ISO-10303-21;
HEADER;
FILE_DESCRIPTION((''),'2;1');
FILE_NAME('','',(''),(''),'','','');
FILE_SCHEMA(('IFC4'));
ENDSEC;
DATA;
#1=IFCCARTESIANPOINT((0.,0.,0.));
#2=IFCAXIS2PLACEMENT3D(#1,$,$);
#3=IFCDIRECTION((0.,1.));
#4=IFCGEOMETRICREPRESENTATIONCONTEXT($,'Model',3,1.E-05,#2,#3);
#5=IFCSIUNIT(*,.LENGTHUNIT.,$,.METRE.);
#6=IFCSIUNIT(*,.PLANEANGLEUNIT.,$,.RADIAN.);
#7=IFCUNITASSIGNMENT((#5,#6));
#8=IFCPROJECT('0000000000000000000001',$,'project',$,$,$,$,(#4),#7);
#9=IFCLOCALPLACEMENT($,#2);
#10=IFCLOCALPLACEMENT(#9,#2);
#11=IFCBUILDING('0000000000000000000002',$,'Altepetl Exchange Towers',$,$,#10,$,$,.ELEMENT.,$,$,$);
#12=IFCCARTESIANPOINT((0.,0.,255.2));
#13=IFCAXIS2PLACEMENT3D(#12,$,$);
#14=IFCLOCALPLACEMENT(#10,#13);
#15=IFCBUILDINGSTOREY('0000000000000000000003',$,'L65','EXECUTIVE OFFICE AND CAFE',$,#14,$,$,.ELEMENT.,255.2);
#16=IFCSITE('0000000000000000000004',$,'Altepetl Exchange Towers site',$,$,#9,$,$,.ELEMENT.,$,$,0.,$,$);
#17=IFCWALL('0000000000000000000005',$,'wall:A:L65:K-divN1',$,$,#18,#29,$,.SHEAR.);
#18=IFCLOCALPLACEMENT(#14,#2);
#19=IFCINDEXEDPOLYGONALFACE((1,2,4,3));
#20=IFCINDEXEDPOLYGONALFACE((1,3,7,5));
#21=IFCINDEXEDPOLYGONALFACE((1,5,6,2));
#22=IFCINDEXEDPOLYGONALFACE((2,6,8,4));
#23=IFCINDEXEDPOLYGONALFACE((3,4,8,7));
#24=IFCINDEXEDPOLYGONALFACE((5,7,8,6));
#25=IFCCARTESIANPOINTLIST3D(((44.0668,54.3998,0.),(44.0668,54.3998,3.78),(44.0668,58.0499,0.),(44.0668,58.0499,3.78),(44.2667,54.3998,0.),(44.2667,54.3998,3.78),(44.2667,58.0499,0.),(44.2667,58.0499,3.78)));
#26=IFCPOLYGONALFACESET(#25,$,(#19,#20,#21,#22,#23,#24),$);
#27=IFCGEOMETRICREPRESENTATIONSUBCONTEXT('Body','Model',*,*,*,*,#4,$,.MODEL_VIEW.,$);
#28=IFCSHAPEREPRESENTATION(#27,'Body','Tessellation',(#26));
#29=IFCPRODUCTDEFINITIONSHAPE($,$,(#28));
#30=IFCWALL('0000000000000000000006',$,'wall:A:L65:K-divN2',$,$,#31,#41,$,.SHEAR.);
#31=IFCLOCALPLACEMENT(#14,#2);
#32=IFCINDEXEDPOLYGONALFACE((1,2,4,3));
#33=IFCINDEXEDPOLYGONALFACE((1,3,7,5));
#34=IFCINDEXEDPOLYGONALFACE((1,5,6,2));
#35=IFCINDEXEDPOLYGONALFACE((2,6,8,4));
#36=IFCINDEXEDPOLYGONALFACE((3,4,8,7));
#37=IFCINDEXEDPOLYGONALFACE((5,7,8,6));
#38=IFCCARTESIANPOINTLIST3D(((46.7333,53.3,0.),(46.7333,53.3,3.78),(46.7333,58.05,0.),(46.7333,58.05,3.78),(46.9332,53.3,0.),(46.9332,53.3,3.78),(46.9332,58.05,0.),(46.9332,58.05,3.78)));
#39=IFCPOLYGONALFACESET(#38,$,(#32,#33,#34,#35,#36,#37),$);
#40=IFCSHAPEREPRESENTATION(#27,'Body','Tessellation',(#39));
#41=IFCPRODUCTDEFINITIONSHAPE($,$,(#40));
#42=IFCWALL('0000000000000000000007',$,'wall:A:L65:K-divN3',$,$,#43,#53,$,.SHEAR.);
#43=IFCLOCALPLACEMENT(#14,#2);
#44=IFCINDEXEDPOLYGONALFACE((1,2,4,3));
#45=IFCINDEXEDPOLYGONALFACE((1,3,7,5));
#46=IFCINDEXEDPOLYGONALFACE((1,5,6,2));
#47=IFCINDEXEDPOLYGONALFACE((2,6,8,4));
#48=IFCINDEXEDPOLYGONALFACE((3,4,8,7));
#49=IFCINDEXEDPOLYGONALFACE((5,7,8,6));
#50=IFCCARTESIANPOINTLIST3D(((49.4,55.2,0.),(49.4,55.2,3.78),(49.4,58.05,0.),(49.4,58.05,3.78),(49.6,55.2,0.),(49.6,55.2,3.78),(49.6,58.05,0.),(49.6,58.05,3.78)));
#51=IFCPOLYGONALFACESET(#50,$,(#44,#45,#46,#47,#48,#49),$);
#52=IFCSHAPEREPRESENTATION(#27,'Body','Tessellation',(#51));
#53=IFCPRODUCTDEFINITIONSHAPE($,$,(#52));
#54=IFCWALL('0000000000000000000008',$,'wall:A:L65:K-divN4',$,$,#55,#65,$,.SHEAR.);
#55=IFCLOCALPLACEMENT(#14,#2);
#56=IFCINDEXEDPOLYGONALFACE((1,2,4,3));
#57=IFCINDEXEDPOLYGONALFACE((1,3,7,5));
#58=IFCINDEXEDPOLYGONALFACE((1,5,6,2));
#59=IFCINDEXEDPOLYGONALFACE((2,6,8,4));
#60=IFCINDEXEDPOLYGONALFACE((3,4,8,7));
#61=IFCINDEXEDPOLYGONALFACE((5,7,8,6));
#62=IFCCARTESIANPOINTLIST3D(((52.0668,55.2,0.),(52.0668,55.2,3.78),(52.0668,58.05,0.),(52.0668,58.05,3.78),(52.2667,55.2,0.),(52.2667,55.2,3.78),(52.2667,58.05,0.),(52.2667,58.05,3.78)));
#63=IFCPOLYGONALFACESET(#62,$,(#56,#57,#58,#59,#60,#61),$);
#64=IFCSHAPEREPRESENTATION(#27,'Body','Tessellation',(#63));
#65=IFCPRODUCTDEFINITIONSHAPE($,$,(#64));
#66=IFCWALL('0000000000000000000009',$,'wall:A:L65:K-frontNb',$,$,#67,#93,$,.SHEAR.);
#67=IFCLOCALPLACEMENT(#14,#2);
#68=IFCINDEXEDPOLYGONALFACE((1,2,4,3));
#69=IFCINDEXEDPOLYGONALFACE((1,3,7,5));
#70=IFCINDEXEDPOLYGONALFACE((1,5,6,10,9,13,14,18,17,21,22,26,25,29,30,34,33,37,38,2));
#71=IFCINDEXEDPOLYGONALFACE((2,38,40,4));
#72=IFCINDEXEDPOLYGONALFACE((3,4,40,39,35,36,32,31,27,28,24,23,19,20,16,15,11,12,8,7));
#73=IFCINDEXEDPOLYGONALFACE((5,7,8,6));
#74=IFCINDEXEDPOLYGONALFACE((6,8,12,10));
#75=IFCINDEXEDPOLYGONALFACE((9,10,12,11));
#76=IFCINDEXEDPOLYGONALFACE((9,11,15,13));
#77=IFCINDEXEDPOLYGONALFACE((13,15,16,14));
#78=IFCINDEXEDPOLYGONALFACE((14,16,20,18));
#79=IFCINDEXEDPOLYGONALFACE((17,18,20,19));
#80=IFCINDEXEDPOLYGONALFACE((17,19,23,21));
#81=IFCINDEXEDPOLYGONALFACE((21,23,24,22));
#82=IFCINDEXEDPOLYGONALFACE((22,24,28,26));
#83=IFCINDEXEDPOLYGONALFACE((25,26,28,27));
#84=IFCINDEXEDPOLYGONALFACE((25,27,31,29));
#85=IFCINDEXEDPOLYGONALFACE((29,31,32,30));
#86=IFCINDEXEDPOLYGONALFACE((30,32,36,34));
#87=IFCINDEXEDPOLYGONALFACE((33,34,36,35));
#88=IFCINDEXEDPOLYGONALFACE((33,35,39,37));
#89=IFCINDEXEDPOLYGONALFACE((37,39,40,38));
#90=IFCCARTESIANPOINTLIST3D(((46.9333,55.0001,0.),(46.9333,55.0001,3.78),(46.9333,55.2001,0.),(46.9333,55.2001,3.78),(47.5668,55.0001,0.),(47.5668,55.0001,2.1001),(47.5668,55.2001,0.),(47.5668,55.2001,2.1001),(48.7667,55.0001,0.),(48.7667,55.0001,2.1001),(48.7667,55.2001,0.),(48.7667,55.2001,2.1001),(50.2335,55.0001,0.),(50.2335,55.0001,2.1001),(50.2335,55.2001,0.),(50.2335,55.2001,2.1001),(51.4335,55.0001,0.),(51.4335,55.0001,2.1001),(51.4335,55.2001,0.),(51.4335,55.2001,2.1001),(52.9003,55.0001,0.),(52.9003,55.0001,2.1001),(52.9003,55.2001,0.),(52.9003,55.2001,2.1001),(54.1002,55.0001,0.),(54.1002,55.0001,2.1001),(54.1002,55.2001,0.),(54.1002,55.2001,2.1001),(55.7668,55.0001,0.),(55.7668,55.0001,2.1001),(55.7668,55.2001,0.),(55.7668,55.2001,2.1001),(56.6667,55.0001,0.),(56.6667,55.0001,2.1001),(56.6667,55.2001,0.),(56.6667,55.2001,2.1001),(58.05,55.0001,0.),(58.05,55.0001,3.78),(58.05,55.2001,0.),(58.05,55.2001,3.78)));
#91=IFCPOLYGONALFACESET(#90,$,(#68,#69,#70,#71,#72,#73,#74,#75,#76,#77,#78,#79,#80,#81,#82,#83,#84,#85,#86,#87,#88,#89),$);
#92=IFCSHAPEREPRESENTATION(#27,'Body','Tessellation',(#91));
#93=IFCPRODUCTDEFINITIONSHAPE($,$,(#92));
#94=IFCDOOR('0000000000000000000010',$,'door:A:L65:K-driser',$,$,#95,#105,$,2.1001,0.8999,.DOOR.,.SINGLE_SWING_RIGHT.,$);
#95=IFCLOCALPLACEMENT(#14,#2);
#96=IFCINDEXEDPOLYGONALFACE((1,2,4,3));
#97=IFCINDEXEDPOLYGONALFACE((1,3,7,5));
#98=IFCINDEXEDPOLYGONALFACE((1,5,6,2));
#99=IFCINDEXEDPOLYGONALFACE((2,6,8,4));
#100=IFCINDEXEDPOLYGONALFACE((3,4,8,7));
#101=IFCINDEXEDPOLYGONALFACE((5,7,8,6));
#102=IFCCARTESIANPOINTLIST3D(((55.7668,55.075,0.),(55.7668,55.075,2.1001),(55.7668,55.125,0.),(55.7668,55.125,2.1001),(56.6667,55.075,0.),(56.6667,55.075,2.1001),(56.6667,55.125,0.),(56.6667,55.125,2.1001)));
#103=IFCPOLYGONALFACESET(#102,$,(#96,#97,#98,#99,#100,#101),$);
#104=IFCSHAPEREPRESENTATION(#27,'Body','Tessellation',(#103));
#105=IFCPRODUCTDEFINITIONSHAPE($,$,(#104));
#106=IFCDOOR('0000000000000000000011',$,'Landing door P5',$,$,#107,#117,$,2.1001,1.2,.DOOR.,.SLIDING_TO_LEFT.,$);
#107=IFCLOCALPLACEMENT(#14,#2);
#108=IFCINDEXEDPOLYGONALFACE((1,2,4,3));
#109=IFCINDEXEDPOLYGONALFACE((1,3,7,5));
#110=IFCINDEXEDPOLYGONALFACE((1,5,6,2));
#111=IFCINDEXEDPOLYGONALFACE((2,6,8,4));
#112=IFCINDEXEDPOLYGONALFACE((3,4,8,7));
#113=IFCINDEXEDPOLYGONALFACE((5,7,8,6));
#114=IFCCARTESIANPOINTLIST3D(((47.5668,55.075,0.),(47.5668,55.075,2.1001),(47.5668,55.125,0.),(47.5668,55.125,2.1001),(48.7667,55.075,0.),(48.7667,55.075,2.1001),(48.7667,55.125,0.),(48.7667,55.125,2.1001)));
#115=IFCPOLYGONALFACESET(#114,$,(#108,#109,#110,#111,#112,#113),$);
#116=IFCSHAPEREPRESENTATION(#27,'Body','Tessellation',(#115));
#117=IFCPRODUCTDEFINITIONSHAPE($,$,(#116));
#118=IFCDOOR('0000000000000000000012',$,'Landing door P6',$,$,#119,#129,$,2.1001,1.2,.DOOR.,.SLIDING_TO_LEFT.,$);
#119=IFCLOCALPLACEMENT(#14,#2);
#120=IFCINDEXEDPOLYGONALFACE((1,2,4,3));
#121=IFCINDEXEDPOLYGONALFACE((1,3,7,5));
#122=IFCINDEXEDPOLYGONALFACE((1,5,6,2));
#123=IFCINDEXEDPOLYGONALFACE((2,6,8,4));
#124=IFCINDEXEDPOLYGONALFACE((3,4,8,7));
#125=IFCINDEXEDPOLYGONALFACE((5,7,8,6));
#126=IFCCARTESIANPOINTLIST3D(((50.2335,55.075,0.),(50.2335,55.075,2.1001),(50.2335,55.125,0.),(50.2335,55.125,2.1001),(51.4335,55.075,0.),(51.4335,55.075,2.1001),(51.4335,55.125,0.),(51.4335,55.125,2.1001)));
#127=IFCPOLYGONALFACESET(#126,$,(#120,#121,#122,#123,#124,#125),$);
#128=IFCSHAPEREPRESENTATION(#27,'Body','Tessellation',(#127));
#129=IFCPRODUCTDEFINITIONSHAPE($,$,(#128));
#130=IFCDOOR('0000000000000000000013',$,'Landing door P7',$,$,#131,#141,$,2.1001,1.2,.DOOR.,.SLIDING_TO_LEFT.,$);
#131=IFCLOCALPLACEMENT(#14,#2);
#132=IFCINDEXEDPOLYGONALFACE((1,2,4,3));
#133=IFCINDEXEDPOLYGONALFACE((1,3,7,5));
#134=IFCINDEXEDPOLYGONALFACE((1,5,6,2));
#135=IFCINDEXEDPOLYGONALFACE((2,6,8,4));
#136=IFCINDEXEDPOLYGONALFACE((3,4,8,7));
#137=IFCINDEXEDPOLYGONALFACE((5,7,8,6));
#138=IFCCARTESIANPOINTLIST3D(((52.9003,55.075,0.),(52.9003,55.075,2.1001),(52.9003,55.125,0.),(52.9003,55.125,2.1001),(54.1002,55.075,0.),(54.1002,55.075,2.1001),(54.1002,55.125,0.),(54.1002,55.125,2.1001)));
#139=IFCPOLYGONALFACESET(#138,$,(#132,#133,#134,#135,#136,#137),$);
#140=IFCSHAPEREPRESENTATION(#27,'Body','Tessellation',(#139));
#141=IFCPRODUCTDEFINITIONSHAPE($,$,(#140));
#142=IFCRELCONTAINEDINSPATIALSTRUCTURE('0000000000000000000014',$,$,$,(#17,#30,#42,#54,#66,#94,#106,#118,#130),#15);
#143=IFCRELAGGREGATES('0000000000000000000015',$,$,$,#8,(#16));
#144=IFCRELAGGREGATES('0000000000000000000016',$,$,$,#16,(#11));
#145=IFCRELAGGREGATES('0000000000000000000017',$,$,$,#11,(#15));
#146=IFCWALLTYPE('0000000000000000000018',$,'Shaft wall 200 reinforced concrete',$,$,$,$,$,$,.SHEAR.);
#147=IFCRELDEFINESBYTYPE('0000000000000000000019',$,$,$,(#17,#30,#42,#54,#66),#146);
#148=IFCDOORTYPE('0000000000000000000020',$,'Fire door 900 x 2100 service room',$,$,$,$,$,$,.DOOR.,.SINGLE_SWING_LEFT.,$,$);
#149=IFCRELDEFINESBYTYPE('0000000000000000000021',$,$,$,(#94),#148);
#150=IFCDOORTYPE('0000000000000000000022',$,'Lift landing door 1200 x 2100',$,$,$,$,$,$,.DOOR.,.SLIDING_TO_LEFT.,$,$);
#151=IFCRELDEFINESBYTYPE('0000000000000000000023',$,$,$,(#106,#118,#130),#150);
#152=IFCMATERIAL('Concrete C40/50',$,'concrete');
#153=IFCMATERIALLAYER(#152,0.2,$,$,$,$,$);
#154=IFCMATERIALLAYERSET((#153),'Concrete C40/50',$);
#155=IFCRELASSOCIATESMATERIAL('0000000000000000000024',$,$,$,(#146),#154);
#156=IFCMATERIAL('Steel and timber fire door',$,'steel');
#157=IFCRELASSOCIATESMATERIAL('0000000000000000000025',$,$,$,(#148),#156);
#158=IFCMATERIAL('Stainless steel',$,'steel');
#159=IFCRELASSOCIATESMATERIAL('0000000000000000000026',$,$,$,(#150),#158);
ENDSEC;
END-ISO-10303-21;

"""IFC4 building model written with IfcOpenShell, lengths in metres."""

from ifc_helpers import new_model, si_unit, direction, frame, frame_2d, origin, place, context, subcontext, project, spatial, rectangle, extrude, material, layer, layer_set, type_object, element, fill, save


model = new_model("IFC4")

# Units and contexts
model_context = context("Model", 3, precision=1e-05, world=origin(), true_north=direction((0.0, 1.0)))
body_context = subcontext(model_context, "Body", "Model", "MODEL_VIEW")
ifc_project = project(units=[si_unit("LENGTHUNIT", "METRE"), si_unit("PLANEANGLEUNIT", "RADIAN")], contexts=[model_context])

# Site, building, storey
site_placement = place(None, origin())
site = spatial("IfcSite", under=ifc_project, at=site_placement, Name="Altepetl Exchange Towers site", CompositionType="ELEMENT", RefElevation=0.0)
building_placement = place(site_placement, origin())
building = spatial("IfcBuilding", under=site, at=building_placement, Name="Altepetl Exchange Towers", CompositionType="ELEMENT")
storey_placement = place(building_placement, frame((0.0, 0.0, 255.2)))
storey = spatial("IfcBuildingStorey", under=building, at=storey_placement, Name="L65", Description="EXECUTIVE OFFICE AND CAFE", CompositionType="ELEMENT", Elevation=255.2)

# Shared definitions
ifc_material_1 = material(Name="Steel and timber fire door", Category="steel")

# Walls
ifc_material_2 = material(Name="Concrete C40/50", Category="concrete")
ifc_layer_1 = layer(ifc_material_2, 0.2)
ifc_layer_set_1 = layer_set([ifc_layer_1], Name="Concrete C40/50")
wall_type_1 = type_object("IfcWallType", Name="Shaft wall 200 reinforced concrete", PredefinedType="SHEAR", material=ifc_layer_set_1)
wall_1_placement = place(storey_placement, frame((44.1667, 58.05, 0.0), z_axis=(0.0, 0.0, 1.0), x_axis=(0.0, -1.0, 0.0)))
element("IfcWall", 1, at=wall_1_placement, inside=storey, type_object=wall_type_1, Name="wall:A:L65:K-divN1", PredefinedType="SHEAR", context=body_context, shape_type="SweptSolid", body=[
    extrude(rectangle(XDim=3.6501, YDim=0.2, at=frame_2d((1.8252, 0.0))), origin(), (0.0, 0.0, 1.0), 3.78),
])
wall_2_placement = place(storey_placement, frame((46.8333, 58.05, 0.0), z_axis=(0.0, 0.0, 1.0), x_axis=(0.0, -1.0, 0.0)))
element("IfcWall", 2, at=wall_2_placement, inside=storey, type_object=wall_type_1, Name="wall:A:L65:K-divN2", PredefinedType="SHEAR", context=body_context, shape_type="SweptSolid", body=[
    extrude(rectangle(XDim=4.75, YDim=0.2, at=frame_2d((2.375, 0.0))), origin(), (0.0, 0.0, 1.0), 3.78),
])
for number, where, z_axis, x_axis, name in (
    (3, (49.5, 58.05, 0.0), (0.0, 0.0, 1.0), (0.0, -1.0, 0.0), "wall:A:L65:K-divN3"),
    (4, (52.1667, 58.05, 0.0), (0.0, 0.0, 1.0), (0.0, -1.0, 0.0), "wall:A:L65:K-divN4"),
):
    element("IfcWall", number, at=place(storey_placement, frame(where, z_axis=z_axis, x_axis=x_axis)), inside=storey, type_object=wall_type_1, Name=name, PredefinedType="SHEAR", context=body_context, shape_type="SweptSolid", body=[
        extrude(rectangle(XDim=2.8501, YDim=0.2, at=frame_2d((1.425, 0.0))), origin(), (0.0, 0.0, 1.0), 3.78),
    ])

# Wall, openings, doors
wall_3_placement = place(storey_placement, frame((46.9333, 55.1001, 0.0)))
wall_3 = element("IfcWall", 5, at=wall_3_placement, inside=storey, type_object=wall_type_1, Name="wall:A:L65:K-frontNb", PredefinedType="SHEAR", context=body_context, shape_type="SweptSolid", body=[
    extrude(rectangle(XDim=11.1167, YDim=0.2, at=frame_2d((5.5583, 0.0))), origin(), (0.0, 0.0, 1.0), 3.78),
])
opening_1_placement = place(wall_3_placement, frame((8.8335, 0.0, 0.0)))
opening_1 = element("IfcOpeningElement", 6, at=opening_1_placement, cuts=wall_3, PredefinedType="OPENING", context=body_context, shape_type="SweptSolid", body=[
    extrude(rectangle(XDim=0.8999, YDim=2.1001, at=frame_2d((0.45, 1.05))), frame((0.0, 0.1099, 0.0), z_axis=(0.0, -1.0, 0.0), x_axis=(1.0, 0.0, 0.0)), (0.0, 0.0, 1.0), 0.22),
])
opening_2_placement = place(wall_3_placement, frame((0.6333, 0.0, 0.0)))
opening_2 = element("IfcOpeningElement", 7, at=opening_2_placement, cuts=wall_3, PredefinedType="OPENING", context=body_context, shape_type="SweptSolid", body=[
    extrude(rectangle(XDim=1.2, YDim=2.1001, at=frame_2d((0.6001, 1.05))), frame((0.0, 0.1099, 0.0), z_axis=(0.0, -1.0, 0.0), x_axis=(1.0, 0.0, 0.0)), (0.0, 0.0, 1.0), 0.22),
])
opening_3_placement = place(wall_3_placement, frame((3.3, 0.0, 0.0)))
opening_3 = element("IfcOpeningElement", 8, at=opening_3_placement, cuts=wall_3, PredefinedType="OPENING", context=body_context, shape_type="SweptSolid", body=[
    extrude(rectangle(XDim=1.2, YDim=2.1001, at=frame_2d((0.6001, 1.05))), frame((0.0, 0.1099, 0.0), z_axis=(0.0, -1.0, 0.0), x_axis=(1.0, 0.0, 0.0)), (0.0, 0.0, 1.0), 0.22),
])
opening_4_placement = place(wall_3_placement, frame((5.9668, 0.0, 0.0)))
opening_4 = element("IfcOpeningElement", 9, at=opening_4_placement, cuts=wall_3, PredefinedType="OPENING", context=body_context, shape_type="SweptSolid", body=[
    extrude(rectangle(XDim=1.2, YDim=2.1001, at=frame_2d((0.6001, 1.05))), frame((0.0, 0.1099, 0.0), z_axis=(0.0, -1.0, 0.0), x_axis=(1.0, 0.0, 0.0)), (0.0, 0.0, 1.0), 0.22),
])
door_type_1 = type_object("IfcDoorType", Name="Fire door 900 x 2100 service room", OperationType="SINGLE_SWING_LEFT", PredefinedType="DOOR", material=ifc_material_1)
door_1_placement = place(opening_1_placement, origin())
door_1 = element("IfcDoor", 10, at=door_1_placement, inside=storey, type_object=door_type_1, Name="door:A:L65:K-driser", OperationType="SINGLE_SWING_RIGHT", OverallHeight=2.1001, OverallWidth=0.8999, PredefinedType="DOOR", context=body_context, shape_type="SweptSolid", body=[
    extrude(rectangle(XDim=0.8999, YDim=2.1001, at=frame_2d((0.45, 1.05))), frame((0.0, 0.0249, 0.0), z_axis=(0.0, -1.0, 0.0), x_axis=(1.0, 0.0, 0.0)), (0.0, 0.0, 1.0), 0.05),
])
fill(opening_1, door_1)
ifc_material_3 = material(Name="Stainless steel", Category="steel")
door_type_2 = type_object("IfcDoorType", Name="Lift landing door 1200 x 2100", OperationType="SLIDING_TO_LEFT", PredefinedType="DOOR", material=ifc_material_3)
door_2_placement = place(opening_2_placement, origin())
door_2 = element("IfcDoor", 11, at=door_2_placement, inside=storey, type_object=door_type_2, Name="Landing door P5", OperationType="SLIDING_TO_LEFT", OverallHeight=2.1001, OverallWidth=1.2, PredefinedType="DOOR", context=body_context, shape_type="SweptSolid", body=[
    extrude(rectangle(XDim=1.2, YDim=2.1001, at=frame_2d((0.6001, 1.05))), frame((0.0, 0.0249, 0.0), z_axis=(0.0, -1.0, 0.0), x_axis=(1.0, 0.0, 0.0)), (0.0, 0.0, 1.0), 0.05),
])
fill(opening_2, door_2)
door_3_placement = place(opening_3_placement, origin())
door_3 = element("IfcDoor", 12, at=door_3_placement, inside=storey, type_object=door_type_2, Name="Landing door P6", OperationType="SLIDING_TO_LEFT", OverallHeight=2.1001, OverallWidth=1.2, PredefinedType="DOOR", context=body_context, shape_type="SweptSolid", body=[
    extrude(rectangle(XDim=1.2, YDim=2.1001, at=frame_2d((0.6001, 1.05))), frame((0.0, 0.0249, 0.0), z_axis=(0.0, -1.0, 0.0), x_axis=(1.0, 0.0, 0.0)), (0.0, 0.0, 1.0), 0.05),
])
fill(opening_3, door_3)
door_4_placement = place(opening_4_placement, origin())
door_4 = element("IfcDoor", 13, at=door_4_placement, inside=storey, type_object=door_type_2, Name="Landing door P7", OperationType="SLIDING_TO_LEFT", OverallHeight=2.1001, OverallWidth=1.2, PredefinedType="DOOR", context=body_context, shape_type="SweptSolid", body=[
    extrude(rectangle(XDim=1.2, YDim=2.1001, at=frame_2d((0.6001, 1.05))), frame((0.0, 0.0249, 0.0), z_axis=(0.0, -1.0, 0.0), x_axis=(1.0, 0.0, 0.0)), (0.0, 0.0, 1.0), 0.05),
])
fill(opening_4, door_4)

save(model, "model.ifc")
